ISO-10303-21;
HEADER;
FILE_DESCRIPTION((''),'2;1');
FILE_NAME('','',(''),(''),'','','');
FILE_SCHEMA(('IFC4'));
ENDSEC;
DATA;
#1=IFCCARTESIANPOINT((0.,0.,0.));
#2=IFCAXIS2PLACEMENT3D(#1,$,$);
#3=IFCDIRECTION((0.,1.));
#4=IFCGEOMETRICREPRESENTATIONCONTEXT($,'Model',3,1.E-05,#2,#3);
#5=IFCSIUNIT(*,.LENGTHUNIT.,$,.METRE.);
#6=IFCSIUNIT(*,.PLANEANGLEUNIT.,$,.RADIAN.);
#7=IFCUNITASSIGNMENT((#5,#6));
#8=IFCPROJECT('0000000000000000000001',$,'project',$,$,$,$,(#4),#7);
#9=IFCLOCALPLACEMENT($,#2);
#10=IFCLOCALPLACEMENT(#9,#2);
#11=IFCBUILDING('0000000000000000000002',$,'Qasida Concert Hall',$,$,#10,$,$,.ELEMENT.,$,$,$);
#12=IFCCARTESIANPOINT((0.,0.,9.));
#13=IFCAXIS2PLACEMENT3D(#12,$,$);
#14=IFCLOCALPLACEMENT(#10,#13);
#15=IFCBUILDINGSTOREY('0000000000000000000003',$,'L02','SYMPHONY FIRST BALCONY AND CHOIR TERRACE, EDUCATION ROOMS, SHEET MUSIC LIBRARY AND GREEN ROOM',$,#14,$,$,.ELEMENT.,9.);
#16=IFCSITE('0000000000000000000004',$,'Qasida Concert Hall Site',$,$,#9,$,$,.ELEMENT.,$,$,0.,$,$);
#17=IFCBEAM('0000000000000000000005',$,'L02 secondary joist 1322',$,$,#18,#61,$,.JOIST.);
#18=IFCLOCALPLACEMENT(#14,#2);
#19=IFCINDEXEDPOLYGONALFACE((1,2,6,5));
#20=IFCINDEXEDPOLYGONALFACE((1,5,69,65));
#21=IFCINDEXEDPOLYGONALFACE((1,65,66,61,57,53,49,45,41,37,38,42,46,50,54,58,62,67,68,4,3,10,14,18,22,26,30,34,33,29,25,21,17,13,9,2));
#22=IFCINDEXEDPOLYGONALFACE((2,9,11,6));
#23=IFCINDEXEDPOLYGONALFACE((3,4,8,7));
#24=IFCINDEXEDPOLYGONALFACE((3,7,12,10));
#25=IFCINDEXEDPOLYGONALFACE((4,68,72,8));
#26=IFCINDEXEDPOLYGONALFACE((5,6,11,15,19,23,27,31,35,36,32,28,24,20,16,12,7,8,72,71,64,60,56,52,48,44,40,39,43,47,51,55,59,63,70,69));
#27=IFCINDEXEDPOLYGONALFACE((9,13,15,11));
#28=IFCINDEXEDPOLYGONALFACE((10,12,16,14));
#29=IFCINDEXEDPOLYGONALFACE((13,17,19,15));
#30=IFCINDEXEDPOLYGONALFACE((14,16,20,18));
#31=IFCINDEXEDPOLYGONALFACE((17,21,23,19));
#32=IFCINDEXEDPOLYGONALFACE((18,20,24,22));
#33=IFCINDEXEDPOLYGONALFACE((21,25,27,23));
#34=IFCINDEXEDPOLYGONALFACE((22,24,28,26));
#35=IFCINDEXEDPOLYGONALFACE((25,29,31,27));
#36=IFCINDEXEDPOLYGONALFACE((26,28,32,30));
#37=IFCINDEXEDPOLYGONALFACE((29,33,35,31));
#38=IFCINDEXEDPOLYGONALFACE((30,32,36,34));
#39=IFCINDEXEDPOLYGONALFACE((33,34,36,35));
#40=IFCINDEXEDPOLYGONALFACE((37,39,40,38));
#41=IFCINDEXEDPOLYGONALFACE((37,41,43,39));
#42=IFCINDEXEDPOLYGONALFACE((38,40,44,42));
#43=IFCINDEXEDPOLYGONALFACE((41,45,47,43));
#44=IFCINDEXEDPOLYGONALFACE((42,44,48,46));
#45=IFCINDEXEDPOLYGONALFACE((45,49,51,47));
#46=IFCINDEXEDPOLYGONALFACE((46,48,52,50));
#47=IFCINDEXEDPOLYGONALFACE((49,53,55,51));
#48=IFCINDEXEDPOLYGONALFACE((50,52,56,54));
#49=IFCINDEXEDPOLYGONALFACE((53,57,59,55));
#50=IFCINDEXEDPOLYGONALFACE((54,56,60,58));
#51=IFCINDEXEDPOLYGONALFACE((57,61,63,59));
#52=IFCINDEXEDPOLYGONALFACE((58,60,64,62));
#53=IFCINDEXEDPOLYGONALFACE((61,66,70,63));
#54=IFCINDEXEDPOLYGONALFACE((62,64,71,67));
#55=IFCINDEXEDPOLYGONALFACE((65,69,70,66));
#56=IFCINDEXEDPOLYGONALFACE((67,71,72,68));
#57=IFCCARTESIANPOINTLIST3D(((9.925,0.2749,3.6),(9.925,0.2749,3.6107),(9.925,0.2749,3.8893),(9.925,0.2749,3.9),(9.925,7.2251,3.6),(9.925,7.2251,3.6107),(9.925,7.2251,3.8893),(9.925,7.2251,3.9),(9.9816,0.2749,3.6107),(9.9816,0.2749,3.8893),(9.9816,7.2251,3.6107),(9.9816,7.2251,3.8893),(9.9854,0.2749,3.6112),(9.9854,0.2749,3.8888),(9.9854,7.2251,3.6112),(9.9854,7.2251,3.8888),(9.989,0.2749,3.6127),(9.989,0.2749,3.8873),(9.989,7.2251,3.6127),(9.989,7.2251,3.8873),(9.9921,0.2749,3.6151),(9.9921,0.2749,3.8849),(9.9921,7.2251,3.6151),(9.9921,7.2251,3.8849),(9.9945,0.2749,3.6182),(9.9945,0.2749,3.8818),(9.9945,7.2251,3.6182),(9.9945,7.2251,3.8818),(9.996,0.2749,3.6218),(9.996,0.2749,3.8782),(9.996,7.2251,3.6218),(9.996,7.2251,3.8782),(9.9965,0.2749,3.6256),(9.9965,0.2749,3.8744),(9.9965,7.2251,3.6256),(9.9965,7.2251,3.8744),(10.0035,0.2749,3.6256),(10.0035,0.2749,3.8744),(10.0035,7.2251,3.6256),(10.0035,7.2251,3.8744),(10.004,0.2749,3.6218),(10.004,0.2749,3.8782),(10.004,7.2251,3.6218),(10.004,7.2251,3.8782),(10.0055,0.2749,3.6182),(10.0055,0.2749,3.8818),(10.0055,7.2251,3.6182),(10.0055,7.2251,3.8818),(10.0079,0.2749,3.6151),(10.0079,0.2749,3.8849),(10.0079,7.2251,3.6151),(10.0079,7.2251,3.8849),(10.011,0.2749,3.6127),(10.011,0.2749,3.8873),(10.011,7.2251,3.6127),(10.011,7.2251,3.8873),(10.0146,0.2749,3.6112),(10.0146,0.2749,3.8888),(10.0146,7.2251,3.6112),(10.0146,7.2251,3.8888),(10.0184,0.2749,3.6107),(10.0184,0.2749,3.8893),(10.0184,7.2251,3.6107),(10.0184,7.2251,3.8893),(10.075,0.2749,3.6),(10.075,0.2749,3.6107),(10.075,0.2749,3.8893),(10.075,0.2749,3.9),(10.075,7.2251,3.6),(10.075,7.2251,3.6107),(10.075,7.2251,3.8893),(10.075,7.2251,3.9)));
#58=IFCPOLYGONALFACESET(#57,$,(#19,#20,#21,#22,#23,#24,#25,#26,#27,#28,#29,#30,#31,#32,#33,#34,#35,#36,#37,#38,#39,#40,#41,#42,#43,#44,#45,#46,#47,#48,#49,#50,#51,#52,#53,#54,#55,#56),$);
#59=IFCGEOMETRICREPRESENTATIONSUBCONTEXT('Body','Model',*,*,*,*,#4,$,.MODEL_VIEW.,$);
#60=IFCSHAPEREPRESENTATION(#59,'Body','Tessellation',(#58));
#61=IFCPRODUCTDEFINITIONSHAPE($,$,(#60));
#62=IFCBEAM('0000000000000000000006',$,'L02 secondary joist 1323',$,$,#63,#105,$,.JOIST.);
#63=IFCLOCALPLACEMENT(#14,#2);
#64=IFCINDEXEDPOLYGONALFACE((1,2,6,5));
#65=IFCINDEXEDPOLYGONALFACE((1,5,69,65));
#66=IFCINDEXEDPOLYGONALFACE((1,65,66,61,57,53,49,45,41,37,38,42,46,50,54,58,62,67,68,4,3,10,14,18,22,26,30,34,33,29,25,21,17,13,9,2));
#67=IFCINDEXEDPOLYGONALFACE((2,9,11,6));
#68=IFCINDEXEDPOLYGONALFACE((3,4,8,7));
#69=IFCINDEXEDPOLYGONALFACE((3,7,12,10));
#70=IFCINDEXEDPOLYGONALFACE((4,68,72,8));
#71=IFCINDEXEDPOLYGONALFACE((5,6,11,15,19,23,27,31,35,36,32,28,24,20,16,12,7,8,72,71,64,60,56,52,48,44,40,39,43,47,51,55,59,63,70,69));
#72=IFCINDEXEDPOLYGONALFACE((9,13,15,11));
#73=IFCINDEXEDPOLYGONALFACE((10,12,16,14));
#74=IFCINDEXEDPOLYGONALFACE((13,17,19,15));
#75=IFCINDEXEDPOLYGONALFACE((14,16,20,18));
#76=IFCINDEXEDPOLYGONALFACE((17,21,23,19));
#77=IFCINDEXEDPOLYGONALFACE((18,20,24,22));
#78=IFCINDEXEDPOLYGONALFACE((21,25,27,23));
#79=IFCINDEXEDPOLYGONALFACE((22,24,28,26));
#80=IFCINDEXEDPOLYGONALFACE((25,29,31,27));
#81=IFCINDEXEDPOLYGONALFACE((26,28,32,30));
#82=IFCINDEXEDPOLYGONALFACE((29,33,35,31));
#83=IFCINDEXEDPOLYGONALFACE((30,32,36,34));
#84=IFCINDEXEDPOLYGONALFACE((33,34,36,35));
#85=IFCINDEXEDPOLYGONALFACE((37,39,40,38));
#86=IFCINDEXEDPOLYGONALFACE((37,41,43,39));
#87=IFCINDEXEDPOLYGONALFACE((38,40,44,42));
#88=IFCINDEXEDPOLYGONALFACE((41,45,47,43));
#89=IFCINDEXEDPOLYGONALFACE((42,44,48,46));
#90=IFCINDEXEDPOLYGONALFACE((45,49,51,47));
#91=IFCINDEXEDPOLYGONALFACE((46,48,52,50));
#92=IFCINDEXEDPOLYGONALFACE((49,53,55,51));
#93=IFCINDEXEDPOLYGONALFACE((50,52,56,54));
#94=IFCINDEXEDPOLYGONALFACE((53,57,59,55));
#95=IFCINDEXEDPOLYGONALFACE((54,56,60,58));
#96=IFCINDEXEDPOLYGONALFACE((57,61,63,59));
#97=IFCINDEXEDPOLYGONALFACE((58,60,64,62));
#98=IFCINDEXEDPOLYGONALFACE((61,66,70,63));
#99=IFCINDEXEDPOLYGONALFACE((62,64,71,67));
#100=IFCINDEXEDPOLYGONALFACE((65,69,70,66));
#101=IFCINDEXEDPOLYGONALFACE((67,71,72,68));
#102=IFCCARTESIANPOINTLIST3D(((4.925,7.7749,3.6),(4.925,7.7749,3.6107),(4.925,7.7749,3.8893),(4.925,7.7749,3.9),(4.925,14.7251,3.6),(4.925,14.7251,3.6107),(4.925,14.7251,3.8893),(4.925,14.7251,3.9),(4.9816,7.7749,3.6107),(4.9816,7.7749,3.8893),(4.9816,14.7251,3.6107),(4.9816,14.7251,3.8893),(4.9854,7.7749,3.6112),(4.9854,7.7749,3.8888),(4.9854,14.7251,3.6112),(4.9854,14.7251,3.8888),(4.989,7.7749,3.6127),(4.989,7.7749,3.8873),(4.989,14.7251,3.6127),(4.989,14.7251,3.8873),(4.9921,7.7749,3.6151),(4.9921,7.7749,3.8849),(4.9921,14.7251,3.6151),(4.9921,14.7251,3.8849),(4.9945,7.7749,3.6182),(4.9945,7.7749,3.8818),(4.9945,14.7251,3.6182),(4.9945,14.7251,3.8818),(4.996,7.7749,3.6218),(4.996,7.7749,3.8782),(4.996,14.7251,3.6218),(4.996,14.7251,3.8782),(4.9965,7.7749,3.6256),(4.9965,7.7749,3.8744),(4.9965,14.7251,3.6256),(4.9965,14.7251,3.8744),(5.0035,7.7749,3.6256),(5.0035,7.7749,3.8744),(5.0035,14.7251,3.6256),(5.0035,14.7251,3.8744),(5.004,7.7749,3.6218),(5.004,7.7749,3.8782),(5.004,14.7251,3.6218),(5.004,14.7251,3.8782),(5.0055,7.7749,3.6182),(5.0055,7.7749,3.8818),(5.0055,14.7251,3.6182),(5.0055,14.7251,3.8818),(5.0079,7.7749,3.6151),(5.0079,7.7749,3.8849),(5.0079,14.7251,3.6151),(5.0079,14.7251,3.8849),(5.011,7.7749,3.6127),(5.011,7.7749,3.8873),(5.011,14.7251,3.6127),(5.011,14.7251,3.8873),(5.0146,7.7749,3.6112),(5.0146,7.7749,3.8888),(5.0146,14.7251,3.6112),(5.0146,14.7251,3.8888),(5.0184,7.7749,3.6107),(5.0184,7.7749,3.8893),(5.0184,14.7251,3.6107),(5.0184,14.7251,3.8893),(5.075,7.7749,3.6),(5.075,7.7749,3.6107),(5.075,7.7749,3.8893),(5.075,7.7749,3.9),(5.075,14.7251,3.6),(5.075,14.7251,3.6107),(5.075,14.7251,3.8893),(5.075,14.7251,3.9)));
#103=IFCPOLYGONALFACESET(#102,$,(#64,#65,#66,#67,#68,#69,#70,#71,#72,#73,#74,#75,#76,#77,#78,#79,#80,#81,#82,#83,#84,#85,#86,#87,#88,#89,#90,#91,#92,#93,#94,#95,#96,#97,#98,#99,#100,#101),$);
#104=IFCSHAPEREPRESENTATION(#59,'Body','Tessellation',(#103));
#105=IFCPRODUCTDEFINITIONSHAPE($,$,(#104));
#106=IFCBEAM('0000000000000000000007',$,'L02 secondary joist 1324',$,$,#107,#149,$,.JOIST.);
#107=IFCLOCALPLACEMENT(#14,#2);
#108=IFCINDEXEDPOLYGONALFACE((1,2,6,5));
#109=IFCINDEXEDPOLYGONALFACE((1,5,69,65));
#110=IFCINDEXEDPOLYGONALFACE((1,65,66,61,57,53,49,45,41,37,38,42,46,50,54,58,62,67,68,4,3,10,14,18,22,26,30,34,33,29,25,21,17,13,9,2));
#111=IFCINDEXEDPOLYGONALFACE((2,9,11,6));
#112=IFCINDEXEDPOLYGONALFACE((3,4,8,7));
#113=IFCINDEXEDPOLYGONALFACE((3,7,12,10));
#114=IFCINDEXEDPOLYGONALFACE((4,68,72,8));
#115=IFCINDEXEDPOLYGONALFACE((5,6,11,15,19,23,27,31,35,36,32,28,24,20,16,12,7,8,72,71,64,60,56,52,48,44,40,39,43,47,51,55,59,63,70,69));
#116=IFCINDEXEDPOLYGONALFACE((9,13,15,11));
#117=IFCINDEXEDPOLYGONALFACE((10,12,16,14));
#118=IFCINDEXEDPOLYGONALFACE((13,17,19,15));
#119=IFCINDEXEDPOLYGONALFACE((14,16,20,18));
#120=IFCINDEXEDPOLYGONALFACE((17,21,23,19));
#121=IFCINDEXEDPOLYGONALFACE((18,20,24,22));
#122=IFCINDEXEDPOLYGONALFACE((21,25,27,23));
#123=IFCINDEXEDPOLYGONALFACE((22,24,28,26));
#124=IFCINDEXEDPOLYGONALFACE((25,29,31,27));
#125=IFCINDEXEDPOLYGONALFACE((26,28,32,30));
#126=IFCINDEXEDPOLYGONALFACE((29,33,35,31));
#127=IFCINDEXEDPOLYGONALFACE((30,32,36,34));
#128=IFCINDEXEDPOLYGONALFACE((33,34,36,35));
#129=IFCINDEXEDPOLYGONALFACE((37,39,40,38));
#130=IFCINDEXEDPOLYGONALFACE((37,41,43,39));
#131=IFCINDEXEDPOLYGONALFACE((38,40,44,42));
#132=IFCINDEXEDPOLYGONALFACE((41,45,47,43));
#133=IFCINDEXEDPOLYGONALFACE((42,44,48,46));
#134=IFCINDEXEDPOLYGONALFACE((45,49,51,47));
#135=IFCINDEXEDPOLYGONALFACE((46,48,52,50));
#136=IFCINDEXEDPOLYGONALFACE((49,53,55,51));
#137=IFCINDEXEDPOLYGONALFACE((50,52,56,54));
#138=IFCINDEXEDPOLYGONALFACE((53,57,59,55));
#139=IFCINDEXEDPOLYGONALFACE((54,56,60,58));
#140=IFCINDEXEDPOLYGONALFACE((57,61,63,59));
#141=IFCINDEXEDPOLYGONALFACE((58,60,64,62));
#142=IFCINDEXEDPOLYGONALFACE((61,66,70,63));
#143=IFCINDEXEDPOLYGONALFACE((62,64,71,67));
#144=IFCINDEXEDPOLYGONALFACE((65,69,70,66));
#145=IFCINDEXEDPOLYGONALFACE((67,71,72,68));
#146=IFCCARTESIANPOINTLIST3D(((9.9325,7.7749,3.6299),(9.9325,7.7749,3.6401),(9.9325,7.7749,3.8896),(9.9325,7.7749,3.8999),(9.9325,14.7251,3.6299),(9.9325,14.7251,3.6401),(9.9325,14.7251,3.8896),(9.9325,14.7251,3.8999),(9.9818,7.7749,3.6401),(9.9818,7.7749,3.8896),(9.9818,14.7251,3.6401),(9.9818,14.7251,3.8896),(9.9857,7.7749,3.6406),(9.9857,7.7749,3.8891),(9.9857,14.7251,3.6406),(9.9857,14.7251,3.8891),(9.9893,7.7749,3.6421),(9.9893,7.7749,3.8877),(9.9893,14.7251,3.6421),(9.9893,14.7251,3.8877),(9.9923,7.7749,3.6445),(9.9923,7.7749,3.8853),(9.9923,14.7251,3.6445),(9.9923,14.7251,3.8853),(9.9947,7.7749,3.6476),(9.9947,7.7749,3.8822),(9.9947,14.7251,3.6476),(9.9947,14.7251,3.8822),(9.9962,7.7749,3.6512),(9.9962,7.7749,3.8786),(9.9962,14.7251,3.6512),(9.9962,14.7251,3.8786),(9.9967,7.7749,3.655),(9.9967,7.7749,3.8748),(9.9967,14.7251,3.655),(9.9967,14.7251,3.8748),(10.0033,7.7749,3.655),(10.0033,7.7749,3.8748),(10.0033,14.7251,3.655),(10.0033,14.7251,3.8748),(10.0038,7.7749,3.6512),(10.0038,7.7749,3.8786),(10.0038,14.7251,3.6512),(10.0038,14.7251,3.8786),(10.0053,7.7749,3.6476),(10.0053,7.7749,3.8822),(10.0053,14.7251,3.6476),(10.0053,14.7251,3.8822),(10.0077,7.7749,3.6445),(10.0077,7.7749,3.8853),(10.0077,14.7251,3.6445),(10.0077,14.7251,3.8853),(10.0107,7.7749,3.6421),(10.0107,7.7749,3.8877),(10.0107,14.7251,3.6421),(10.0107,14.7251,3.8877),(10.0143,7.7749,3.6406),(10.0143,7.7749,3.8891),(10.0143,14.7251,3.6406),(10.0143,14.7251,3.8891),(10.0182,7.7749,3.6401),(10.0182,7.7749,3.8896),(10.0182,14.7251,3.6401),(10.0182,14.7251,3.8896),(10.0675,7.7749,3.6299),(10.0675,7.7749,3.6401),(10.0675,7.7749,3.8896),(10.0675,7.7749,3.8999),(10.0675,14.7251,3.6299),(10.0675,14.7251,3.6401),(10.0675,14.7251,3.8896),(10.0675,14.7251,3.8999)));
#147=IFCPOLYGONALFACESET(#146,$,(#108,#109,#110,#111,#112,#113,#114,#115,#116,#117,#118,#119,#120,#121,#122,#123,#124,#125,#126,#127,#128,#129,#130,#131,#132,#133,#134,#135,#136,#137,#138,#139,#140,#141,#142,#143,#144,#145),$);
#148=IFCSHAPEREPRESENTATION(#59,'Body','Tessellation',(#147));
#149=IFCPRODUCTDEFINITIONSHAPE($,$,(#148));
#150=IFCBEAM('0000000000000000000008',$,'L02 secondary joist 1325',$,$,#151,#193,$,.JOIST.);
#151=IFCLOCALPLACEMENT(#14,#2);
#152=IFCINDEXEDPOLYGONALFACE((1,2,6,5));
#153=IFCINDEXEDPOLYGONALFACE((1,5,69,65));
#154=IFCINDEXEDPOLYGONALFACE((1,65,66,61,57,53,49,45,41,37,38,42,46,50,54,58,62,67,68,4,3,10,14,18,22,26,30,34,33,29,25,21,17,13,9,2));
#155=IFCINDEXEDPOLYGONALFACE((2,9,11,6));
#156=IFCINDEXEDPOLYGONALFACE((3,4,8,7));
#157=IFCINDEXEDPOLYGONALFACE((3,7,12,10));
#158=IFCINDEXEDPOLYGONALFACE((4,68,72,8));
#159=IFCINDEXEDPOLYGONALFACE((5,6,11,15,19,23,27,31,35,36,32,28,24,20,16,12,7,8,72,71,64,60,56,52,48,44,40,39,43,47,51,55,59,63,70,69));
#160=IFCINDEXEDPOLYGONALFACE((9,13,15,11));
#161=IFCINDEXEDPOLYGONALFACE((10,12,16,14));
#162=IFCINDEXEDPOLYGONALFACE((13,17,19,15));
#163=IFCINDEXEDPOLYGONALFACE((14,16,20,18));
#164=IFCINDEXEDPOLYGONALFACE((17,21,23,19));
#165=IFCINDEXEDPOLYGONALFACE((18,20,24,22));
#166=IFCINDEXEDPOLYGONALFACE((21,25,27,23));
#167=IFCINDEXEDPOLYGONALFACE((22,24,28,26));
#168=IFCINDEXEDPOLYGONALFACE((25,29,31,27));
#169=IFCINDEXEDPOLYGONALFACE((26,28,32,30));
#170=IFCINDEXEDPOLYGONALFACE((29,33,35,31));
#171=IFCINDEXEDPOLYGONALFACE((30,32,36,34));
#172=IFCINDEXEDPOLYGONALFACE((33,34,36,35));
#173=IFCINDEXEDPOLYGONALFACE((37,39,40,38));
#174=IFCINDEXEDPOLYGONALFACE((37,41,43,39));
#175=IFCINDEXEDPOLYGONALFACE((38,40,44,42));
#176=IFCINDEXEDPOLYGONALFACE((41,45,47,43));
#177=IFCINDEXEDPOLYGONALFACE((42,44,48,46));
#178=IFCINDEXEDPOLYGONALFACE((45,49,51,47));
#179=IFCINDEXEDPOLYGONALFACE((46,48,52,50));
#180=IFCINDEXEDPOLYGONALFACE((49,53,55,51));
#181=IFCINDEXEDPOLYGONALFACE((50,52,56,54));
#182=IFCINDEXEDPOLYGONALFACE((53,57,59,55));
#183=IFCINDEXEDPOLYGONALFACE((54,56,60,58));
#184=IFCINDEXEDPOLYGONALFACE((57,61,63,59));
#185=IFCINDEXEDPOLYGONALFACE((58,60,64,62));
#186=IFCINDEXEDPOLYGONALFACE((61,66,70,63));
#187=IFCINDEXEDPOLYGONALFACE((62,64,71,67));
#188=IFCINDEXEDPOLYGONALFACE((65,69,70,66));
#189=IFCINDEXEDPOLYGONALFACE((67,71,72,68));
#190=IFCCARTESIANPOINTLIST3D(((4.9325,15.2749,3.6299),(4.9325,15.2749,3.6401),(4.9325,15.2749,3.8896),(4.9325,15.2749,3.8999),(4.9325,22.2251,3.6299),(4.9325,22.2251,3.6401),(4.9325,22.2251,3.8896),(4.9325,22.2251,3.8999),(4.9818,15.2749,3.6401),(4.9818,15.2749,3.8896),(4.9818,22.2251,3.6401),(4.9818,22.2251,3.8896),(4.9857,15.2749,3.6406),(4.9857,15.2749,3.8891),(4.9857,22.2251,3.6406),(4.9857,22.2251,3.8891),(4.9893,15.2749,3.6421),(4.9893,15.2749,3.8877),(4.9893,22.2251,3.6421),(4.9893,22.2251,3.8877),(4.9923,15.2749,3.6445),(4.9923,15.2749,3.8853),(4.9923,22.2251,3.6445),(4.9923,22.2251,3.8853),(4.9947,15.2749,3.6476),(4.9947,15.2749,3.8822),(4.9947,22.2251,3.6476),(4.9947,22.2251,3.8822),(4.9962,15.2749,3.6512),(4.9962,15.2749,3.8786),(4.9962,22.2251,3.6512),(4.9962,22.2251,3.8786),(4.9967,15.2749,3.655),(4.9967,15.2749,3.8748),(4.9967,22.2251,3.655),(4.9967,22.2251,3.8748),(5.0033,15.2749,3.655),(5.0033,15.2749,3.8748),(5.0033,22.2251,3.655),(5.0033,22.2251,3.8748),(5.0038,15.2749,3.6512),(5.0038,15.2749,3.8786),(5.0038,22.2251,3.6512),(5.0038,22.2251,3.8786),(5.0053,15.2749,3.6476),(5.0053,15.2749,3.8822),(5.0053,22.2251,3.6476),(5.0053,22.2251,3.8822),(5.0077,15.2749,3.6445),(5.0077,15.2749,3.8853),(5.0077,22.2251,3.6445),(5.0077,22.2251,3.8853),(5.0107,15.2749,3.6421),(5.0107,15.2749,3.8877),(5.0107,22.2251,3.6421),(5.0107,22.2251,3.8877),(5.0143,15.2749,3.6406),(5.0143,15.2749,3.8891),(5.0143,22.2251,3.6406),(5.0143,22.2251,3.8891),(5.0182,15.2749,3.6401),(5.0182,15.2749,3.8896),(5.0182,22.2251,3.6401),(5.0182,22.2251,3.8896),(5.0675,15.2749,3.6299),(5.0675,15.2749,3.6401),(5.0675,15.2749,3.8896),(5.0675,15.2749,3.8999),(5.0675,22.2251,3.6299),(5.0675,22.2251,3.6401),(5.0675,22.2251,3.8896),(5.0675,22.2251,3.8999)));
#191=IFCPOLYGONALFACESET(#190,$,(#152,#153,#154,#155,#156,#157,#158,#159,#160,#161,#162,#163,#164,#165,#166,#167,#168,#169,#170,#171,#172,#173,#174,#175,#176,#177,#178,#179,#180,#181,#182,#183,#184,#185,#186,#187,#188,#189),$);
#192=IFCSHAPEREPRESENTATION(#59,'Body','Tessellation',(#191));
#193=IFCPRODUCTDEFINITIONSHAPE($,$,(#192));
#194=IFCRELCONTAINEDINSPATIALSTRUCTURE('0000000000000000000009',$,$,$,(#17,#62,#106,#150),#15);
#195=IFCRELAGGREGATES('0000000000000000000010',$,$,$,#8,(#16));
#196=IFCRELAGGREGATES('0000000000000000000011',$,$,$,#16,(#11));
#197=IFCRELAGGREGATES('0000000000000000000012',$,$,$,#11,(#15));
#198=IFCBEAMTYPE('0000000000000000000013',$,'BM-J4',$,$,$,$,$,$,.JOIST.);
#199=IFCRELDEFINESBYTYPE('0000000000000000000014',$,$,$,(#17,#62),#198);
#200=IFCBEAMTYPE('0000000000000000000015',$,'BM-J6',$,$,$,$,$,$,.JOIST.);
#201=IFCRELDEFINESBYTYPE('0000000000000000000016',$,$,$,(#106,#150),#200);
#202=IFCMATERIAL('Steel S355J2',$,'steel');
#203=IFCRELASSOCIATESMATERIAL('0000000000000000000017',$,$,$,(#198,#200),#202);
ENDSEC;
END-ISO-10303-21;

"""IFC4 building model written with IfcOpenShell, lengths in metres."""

from ifc_helpers import new_model, si_unit, direction, frame, origin, origin_2d, place, context, subcontext, project, spatial, i_section, extrude, material, material_profile, profile_set, type_object, element, save


model = new_model("IFC4")

# Units and contexts
model_context = context("Model", 3, precision=1e-05, world=origin(), true_north=direction((0.0, 1.0)))
body_context = subcontext(model_context, "Body", "Model", "MODEL_VIEW")
ifc_project = project(units=[si_unit("LENGTHUNIT", "METRE"), si_unit("PLANEANGLEUNIT", "RADIAN")], contexts=[model_context])

# Site, building, storey
site_placement = place(None, origin())
site = spatial("IfcSite", under=ifc_project, at=site_placement, Name="Qasida Concert Hall Site", CompositionType="ELEMENT", RefElevation=0.0)
building_placement = place(site_placement, origin())
building = spatial("IfcBuilding", under=site, at=building_placement, Name="Qasida Concert Hall", CompositionType="ELEMENT")
storey_placement = place(building_placement, frame((0.0, 0.0, 9.0)))
storey = spatial("IfcBuildingStorey", under=building, at=storey_placement, Name="L02", Description="SYMPHONY FIRST BALCONY AND CHOIR TERRACE, EDUCATION ROOMS, SHEET MUSIC LIBRARY AND GREEN ROOM", CompositionType="ELEMENT", Elevation=9.0)

# Beams
ifc_material_1 = material(Name="Steel S355J2", Category="steel")
ifc_material_profile_1 = material_profile(ifc_material_1, i_section(OverallWidth=0.1499, OverallDepth=0.3, WebThickness=0.0071, FlangeThickness=0.0107, FilletRadius=0.0149, at=origin_2d()), Name="IPE 300")
ifc_profile_set_1 = profile_set([ifc_material_profile_1], Name="Steel S355J2")
beam_type_1 = type_object("IfcBeamType", Name="BM-J4", PredefinedType="JOIST", material=ifc_profile_set_1)
for number, where, z_axis, x_axis, name in (
    (1, (10.0, 0.2749, 3.75), (0.0, 1.0, 0.0), (-1.0, 0.0, 0.0), "L02 secondary joist 1322"),
    (2, (5.0, 7.7749, 3.75), (0.0, 1.0, 0.0), (-1.0, 0.0, 0.0), "L02 secondary joist 1323"),
):
    element("IfcBeam", number, at=place(storey_placement, frame(where, z_axis=z_axis, x_axis=x_axis)), inside=storey, type_object=beam_type_1, Name=name, PredefinedType="JOIST", context=body_context, shape_type="SweptSolid", body=[
        extrude(i_section(OverallWidth=0.1499, OverallDepth=0.3, WebThickness=0.0071, FlangeThickness=0.0107, FilletRadius=0.0149, at=origin_2d()), origin(), (0.0, 0.0, 1.0), 6.9502),
    ])
ifc_material_profile_2 = material_profile(ifc_material_1, i_section(OverallWidth=0.135, OverallDepth=0.27, WebThickness=0.0066, FlangeThickness=0.0103, FilletRadius=0.0149, at=origin_2d()), Name="IPE 270")
ifc_profile_set_2 = profile_set([ifc_material_profile_2], Name="Steel S355J2")
beam_type_2 = type_object("IfcBeamType", Name="BM-J6", PredefinedType="JOIST", material=ifc_profile_set_2)
for number, where, z_axis, x_axis, name in (
    (3, (10.0, 7.7749, 3.7649), (0.0, 1.0, 0.0), (-1.0, 0.0, 0.0), "L02 secondary joist 1324"),
    (4, (5.0, 15.2749, 3.7649), (0.0, 1.0, 0.0), (-1.0, 0.0, 0.0), "L02 secondary joist 1325"),
):
    element("IfcBeam", number, at=place(storey_placement, frame(where, z_axis=z_axis, x_axis=x_axis)), inside=storey, type_object=beam_type_2, Name=name, PredefinedType="JOIST", context=body_context, shape_type="SweptSolid", body=[
        extrude(i_section(OverallWidth=0.135, OverallDepth=0.27, WebThickness=0.0066, FlangeThickness=0.0103, FilletRadius=0.0149, at=origin_2d()), origin(), (0.0, 0.0, 1.0), 6.9502),
    ])

save(model, "model.ifc")
